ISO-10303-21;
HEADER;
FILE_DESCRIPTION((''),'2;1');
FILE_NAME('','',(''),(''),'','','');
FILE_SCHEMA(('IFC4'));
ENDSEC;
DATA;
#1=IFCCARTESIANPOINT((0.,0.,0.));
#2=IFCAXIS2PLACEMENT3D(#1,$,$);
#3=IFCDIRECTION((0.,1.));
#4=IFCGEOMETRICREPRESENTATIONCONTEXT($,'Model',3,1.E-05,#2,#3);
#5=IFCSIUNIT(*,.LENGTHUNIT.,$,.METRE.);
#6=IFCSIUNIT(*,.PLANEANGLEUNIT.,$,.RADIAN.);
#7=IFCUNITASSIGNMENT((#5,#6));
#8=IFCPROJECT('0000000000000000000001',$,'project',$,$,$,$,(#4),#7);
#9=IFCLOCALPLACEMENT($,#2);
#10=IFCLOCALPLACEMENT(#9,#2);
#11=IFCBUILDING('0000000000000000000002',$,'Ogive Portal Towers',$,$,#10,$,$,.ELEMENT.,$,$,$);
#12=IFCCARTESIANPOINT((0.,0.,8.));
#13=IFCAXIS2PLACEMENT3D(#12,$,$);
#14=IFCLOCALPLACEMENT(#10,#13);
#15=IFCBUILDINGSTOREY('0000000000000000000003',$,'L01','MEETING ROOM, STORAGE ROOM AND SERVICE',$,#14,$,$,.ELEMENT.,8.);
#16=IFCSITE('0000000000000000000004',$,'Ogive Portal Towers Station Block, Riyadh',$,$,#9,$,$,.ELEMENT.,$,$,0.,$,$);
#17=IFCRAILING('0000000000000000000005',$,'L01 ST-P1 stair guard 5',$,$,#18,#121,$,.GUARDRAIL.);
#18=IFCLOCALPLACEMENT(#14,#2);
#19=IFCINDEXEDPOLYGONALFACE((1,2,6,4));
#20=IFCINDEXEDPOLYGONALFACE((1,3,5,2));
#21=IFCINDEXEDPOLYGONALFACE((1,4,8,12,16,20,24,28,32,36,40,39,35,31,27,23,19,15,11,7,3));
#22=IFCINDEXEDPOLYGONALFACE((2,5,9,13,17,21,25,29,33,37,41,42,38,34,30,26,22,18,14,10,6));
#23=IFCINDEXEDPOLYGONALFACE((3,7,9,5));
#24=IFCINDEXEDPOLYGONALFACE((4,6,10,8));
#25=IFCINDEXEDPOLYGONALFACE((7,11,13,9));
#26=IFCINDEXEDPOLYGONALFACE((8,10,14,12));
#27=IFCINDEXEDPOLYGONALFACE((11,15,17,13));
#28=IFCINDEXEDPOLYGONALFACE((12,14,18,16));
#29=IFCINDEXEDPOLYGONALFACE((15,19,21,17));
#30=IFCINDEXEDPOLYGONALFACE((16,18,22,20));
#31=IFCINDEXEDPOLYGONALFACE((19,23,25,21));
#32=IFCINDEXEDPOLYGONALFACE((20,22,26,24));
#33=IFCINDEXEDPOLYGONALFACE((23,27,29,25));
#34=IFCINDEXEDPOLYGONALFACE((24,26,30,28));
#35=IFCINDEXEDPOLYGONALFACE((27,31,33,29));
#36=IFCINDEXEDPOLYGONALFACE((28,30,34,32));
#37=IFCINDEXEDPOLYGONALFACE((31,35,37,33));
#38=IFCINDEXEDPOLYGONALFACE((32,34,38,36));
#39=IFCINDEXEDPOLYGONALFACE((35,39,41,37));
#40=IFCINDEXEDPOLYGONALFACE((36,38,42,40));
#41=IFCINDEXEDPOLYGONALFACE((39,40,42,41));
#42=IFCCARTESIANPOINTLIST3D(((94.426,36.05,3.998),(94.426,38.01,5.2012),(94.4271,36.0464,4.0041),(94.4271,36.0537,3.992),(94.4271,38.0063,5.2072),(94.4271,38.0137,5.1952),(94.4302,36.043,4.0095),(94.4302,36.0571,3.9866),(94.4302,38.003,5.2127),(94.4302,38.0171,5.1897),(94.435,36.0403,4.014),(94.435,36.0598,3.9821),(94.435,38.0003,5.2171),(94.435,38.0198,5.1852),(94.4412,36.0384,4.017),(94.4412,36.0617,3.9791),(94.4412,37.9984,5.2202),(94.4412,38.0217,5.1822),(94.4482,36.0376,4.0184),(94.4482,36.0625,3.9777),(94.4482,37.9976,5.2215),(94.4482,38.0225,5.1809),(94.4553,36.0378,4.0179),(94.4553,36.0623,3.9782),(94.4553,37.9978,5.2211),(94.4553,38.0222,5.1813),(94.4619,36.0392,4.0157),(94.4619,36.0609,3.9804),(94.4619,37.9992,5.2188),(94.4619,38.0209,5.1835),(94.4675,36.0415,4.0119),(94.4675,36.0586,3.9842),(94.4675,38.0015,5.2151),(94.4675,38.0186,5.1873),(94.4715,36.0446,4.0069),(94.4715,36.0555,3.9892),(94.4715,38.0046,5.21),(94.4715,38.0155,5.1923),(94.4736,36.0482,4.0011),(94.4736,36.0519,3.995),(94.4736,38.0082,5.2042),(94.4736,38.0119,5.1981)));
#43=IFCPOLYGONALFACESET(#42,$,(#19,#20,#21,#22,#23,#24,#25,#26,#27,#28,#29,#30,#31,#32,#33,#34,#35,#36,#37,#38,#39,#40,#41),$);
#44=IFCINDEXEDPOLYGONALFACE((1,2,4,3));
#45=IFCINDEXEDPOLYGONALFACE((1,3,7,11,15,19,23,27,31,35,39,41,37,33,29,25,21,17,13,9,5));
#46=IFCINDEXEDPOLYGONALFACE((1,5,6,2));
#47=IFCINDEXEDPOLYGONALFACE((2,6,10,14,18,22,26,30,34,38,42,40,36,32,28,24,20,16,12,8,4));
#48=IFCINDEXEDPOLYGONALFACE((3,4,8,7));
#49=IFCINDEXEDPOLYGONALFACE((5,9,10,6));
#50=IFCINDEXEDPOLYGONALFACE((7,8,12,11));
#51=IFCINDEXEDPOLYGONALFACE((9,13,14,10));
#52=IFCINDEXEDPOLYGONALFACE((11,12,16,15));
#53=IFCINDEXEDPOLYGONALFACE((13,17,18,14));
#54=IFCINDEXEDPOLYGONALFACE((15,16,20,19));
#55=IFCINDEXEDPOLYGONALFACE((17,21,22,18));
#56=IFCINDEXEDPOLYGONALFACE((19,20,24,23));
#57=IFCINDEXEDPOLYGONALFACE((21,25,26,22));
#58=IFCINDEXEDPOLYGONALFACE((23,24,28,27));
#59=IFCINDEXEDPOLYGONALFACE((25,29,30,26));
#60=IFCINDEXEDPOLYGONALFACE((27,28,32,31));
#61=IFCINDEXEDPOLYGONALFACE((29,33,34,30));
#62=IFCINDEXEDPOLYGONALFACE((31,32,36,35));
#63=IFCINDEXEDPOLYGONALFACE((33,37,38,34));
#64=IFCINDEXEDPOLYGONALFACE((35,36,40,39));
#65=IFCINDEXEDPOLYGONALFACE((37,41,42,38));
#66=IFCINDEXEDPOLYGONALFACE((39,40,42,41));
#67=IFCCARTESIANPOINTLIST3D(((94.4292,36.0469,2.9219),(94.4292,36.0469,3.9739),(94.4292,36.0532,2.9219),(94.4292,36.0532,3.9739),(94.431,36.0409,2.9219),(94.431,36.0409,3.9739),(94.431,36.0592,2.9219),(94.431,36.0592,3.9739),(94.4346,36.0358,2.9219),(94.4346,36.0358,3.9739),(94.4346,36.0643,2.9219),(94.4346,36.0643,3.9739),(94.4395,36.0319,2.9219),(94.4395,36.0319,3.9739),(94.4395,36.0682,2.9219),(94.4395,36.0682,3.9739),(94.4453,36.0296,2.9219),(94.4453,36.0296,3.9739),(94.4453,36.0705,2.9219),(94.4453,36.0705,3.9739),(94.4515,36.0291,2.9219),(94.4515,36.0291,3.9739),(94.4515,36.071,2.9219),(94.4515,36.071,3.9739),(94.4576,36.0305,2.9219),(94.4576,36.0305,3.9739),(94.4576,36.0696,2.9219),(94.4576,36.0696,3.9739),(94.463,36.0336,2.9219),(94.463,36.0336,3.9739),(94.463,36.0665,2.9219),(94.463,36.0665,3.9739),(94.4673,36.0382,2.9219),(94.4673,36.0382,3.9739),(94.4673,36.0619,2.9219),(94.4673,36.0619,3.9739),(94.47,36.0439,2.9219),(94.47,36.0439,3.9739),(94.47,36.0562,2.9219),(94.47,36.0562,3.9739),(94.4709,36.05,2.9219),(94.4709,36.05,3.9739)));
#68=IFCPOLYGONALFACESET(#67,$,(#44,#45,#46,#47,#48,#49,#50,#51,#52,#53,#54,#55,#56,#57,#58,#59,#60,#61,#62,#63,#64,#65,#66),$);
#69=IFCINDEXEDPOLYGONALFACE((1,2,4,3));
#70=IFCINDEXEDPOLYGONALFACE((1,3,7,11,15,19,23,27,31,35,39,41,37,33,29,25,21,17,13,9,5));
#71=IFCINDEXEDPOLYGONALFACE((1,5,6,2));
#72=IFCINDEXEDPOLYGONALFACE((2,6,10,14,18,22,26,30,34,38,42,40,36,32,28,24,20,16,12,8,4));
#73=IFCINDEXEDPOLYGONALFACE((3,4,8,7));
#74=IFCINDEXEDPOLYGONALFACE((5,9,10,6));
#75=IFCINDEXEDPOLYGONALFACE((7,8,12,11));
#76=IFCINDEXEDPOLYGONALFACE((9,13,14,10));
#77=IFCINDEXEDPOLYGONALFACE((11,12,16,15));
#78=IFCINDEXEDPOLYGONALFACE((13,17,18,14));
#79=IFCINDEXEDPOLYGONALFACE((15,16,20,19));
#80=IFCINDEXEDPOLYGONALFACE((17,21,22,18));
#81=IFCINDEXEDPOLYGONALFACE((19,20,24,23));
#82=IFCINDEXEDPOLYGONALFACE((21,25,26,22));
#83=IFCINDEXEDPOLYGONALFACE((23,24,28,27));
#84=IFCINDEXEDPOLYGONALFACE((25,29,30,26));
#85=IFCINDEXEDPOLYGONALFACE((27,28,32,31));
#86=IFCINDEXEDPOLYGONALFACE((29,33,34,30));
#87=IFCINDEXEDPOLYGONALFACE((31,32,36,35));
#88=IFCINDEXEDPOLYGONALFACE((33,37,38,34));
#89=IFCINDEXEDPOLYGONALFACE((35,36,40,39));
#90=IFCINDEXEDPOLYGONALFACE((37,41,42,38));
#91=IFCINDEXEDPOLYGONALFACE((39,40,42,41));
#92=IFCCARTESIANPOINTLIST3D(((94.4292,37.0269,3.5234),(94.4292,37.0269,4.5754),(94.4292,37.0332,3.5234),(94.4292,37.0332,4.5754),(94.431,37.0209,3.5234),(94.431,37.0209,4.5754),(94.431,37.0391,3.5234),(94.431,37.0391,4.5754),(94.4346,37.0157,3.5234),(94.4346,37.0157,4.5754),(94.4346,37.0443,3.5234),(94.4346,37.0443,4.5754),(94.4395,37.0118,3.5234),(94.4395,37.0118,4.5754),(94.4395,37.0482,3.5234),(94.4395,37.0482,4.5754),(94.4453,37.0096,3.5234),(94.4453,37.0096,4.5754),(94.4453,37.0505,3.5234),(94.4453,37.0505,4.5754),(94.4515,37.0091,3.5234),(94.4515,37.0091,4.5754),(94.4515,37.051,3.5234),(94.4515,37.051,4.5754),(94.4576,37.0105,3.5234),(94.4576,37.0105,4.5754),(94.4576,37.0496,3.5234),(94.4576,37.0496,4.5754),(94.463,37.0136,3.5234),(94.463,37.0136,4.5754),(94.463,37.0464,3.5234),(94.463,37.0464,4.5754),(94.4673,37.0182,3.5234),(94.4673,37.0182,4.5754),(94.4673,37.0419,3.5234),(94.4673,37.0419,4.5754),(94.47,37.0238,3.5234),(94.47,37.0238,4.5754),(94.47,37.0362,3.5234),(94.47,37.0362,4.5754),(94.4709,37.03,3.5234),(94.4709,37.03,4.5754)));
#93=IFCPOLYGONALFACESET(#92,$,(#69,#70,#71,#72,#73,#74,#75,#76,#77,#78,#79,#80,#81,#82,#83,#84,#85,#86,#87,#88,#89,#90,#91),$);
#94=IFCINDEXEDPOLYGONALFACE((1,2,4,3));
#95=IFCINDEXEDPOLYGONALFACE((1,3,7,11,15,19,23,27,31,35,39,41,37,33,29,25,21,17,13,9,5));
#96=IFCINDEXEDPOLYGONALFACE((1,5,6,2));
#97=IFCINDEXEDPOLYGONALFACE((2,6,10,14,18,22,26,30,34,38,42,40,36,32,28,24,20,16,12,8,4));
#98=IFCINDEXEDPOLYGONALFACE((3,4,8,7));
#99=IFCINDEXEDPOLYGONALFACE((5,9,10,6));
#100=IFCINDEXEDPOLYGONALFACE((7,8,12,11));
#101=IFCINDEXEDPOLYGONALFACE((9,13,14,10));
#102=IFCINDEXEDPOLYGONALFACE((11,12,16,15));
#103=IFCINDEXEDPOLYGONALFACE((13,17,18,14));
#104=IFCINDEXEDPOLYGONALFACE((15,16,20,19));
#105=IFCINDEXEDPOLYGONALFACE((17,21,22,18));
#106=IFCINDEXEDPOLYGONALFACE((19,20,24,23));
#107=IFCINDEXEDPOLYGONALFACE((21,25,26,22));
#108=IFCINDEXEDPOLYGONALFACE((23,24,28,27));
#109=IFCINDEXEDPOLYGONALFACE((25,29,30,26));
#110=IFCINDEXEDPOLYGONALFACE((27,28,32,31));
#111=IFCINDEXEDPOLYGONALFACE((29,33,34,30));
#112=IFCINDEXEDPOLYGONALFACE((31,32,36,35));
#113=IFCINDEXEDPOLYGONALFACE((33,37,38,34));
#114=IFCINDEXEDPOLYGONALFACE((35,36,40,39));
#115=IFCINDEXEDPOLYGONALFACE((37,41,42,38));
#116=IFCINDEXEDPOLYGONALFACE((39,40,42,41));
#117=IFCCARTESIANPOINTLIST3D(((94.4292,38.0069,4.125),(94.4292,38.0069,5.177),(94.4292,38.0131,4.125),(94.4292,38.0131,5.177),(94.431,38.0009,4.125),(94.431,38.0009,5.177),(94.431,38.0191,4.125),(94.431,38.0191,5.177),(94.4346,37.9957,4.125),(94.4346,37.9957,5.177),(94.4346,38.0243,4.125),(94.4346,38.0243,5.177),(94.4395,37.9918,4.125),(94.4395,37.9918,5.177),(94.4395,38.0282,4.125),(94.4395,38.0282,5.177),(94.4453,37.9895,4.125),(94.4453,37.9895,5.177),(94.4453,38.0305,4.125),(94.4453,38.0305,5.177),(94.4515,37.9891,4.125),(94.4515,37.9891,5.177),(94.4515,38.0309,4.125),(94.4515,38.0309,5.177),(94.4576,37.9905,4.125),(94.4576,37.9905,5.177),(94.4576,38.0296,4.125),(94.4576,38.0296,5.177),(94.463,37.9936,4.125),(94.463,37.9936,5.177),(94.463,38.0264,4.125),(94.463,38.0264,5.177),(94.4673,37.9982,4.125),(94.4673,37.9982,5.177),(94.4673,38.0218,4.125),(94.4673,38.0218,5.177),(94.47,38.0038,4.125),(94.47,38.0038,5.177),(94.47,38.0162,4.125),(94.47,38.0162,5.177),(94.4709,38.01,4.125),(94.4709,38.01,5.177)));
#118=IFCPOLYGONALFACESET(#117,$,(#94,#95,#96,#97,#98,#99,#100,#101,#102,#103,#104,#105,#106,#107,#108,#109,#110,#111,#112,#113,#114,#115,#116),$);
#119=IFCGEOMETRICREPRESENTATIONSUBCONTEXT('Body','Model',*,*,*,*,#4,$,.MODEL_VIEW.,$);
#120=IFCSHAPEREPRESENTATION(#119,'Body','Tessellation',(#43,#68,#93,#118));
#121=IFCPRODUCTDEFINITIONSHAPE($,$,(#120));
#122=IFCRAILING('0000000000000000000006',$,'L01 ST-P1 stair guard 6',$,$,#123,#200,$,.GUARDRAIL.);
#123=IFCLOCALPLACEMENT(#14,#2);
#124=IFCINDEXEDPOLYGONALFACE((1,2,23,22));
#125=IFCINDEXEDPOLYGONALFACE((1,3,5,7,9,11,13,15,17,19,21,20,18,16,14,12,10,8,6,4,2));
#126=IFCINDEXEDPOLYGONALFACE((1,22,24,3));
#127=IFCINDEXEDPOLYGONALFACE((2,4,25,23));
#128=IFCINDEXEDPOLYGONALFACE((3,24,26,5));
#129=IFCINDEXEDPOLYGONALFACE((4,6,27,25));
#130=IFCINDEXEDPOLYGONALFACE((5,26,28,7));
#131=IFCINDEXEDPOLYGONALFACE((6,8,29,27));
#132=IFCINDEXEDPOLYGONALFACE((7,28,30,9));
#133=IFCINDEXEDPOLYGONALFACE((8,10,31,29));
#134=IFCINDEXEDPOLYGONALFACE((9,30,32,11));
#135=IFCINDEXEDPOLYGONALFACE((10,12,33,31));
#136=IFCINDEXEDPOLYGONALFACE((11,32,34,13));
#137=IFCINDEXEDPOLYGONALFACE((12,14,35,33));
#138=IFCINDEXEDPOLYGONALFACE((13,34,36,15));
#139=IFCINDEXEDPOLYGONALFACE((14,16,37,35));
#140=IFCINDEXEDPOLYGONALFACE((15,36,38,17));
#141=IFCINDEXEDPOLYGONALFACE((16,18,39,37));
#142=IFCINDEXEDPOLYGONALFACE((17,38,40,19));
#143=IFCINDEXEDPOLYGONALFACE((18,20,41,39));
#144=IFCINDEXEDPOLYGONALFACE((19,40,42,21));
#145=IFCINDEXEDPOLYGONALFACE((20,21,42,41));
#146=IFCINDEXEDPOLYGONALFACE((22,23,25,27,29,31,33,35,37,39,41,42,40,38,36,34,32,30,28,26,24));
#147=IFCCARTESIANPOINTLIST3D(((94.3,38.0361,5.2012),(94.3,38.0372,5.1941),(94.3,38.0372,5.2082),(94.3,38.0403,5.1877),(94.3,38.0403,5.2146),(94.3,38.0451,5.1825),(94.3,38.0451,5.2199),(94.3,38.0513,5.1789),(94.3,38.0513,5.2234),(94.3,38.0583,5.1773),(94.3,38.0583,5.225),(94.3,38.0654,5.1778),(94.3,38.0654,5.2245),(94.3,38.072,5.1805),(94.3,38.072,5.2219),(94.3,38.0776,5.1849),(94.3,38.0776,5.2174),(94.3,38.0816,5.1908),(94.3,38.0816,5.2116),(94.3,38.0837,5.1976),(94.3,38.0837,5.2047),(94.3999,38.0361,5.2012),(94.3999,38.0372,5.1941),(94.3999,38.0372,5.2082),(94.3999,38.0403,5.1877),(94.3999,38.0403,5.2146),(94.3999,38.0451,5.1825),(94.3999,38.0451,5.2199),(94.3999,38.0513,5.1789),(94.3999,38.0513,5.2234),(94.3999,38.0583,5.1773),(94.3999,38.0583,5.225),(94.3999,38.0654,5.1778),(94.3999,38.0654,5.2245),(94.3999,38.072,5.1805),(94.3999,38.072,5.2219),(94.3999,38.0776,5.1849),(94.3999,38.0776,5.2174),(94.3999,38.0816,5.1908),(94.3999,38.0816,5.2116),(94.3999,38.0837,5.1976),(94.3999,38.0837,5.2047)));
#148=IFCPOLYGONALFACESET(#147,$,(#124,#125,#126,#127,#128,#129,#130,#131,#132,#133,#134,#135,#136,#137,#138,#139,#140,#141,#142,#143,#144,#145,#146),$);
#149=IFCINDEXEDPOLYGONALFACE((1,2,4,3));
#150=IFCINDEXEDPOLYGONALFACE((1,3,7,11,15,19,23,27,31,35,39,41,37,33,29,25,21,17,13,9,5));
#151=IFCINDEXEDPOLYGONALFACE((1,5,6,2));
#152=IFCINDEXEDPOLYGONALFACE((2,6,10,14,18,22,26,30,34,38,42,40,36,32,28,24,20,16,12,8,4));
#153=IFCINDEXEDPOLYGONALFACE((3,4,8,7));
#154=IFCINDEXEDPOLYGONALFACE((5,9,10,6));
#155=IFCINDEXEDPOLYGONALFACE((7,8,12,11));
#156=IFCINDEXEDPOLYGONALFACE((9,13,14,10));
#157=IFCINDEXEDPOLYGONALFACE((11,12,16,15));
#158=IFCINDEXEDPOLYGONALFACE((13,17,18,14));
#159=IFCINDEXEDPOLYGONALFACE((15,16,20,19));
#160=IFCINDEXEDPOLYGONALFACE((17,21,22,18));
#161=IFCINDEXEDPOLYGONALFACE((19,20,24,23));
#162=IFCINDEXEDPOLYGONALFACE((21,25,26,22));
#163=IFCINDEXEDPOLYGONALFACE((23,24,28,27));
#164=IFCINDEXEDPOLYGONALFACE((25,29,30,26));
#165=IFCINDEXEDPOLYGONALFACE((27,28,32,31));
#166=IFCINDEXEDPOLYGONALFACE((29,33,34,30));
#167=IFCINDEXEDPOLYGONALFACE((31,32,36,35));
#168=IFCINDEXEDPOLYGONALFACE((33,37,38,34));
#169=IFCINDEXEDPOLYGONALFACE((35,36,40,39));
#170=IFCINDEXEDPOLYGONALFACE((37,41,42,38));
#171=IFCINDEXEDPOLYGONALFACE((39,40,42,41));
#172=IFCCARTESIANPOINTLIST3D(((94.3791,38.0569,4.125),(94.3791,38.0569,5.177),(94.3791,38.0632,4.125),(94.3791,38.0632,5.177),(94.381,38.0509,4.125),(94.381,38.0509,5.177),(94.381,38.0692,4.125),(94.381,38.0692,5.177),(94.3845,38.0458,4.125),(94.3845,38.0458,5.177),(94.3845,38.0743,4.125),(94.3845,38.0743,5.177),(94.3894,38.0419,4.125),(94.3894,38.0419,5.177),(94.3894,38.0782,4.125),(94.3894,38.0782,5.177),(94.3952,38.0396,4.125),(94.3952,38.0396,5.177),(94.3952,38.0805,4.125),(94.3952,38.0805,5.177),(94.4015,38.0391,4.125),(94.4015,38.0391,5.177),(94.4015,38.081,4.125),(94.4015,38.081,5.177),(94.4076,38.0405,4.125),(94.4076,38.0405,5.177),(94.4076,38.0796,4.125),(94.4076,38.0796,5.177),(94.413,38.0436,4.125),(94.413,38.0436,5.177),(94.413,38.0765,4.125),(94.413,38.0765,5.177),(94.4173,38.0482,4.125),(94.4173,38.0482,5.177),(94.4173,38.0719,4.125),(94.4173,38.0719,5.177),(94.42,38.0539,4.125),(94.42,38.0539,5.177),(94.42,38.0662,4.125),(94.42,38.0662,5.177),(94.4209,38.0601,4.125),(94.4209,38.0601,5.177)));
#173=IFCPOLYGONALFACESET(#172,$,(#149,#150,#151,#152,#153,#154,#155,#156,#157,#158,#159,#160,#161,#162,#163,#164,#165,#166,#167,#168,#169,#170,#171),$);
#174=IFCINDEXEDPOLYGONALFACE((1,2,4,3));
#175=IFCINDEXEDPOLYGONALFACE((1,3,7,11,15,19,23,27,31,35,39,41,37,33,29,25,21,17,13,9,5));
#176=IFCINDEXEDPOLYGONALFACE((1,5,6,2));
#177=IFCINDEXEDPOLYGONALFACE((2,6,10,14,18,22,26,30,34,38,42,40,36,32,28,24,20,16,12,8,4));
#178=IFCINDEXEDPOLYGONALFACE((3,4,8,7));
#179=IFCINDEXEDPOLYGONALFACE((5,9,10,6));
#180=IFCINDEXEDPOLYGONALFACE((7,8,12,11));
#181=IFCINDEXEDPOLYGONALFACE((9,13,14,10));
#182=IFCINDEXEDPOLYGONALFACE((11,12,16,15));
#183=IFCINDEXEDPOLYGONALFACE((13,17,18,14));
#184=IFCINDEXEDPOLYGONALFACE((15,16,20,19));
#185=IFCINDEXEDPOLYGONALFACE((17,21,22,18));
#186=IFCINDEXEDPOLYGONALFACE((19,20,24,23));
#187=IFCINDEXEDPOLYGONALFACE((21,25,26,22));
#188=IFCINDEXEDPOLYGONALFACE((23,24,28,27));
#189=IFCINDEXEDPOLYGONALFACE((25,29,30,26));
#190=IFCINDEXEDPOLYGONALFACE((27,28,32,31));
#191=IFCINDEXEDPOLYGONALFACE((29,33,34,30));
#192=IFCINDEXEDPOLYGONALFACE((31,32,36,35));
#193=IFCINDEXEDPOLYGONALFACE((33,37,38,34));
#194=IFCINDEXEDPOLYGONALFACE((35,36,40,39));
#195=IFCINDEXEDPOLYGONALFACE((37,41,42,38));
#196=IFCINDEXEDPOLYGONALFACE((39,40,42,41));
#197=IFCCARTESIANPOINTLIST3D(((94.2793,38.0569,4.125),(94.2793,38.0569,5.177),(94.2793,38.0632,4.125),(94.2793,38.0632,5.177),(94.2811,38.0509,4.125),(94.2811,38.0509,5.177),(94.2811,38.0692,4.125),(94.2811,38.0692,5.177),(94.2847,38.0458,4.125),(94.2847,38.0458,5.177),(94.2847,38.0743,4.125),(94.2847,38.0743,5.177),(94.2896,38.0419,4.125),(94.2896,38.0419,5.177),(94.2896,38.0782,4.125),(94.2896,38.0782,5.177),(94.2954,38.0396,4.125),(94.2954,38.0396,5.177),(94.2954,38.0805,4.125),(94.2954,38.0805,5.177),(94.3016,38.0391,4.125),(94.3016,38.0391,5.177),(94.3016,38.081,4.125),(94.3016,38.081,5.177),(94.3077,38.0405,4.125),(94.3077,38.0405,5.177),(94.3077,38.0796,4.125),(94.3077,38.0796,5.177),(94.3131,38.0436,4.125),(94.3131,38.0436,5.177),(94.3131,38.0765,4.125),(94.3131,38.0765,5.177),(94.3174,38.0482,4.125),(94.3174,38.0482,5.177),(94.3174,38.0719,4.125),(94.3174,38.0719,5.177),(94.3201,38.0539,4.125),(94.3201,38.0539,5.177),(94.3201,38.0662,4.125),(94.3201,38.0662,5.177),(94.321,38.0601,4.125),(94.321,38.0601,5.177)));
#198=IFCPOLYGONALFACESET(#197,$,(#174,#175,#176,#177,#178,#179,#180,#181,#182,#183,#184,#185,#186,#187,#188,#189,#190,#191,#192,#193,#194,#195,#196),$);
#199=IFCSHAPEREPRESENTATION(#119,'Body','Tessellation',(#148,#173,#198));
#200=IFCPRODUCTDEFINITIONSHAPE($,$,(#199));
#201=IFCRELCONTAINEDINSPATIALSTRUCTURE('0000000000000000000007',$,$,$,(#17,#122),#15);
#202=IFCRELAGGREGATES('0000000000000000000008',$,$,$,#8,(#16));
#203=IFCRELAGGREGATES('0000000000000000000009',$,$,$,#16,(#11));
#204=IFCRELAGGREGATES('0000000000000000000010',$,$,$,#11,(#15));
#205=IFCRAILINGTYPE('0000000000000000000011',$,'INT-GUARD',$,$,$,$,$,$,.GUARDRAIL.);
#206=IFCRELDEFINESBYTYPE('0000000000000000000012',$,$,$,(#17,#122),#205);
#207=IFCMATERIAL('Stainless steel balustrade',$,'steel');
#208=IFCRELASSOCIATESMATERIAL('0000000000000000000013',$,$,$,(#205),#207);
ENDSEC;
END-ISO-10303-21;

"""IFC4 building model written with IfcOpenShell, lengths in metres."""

from ifc_helpers import new_model, si_unit, direction, frame, origin, origin_2d, place, context, subcontext, project, spatial, circle, extrude, material, type_object, element, save


model = new_model("IFC4")

# Units and contexts
model_context = context("Model", 3, precision=1e-05, world=origin(), true_north=direction((0.0, 1.0)))
body_context = subcontext(model_context, "Body", "Model", "MODEL_VIEW")
ifc_project = project(units=[si_unit("LENGTHUNIT", "METRE"), si_unit("PLANEANGLEUNIT", "RADIAN")], contexts=[model_context])

# Site, building, storey
site_placement = place(None, origin())
site = spatial("IfcSite", under=ifc_project, at=site_placement, Name="Ogive Portal Towers Station Block, Riyadh", CompositionType="ELEMENT", RefElevation=0.0)
building_placement = place(site_placement, origin())
building = spatial("IfcBuilding", under=site, at=building_placement, Name="Ogive Portal Towers", CompositionType="ELEMENT")
storey_placement = place(building_placement, frame((0.0, 0.0, 8.0)))
storey = spatial("IfcBuildingStorey", under=building, at=storey_placement, Name="L01", Description="MEETING ROOM, STORAGE ROOM AND SERVICE", CompositionType="ELEMENT", Elevation=8.0)

# Railings
ifc_material_1 = material(Name="Stainless steel balustrade", Category="steel")
railing_type_1 = type_object("IfcRailingType", Name="INT-GUARD", PredefinedType="GUARDRAIL", material=ifc_material_1)
railing_1_placement = place(storey_placement, frame((94.45, 36.05, 2.9219)))
element("IfcRailing", 1, at=railing_1_placement, inside=storey, type_object=railing_type_1, Name="L01 ST-P1 stair guard 5", PredefinedType="GUARDRAIL", context=body_context, shape_type="SweptSolid", body=[
    extrude(circle(Radius=0.0239, at=origin_2d()), frame((0.0, 0.0, 1.0762), z_axis=(0.0, 0.852241, 0.523149), x_axis=(-1.0, 0.0, 0.0)), (0.0, 0.0, 1.0), 2.2998),
    extrude(circle(Radius=0.021, at=origin_2d()), origin(), (0.0, 0.0, 1.0), 1.052),
    extrude(circle(Radius=0.021, at=origin_2d()), frame((0.0, 0.98, 0.6016)), (0.0, 0.0, 1.0), 1.052),
    extrude(circle(Radius=0.021, at=origin_2d()), frame((0.0, 1.96, 1.2031)), (0.0, 0.0, 1.0), 1.052),
])
railing_2_placement = place(storey_placement, frame((94.3999, 38.0601, 4.125)))
element("IfcRailing", 2, at=railing_2_placement, inside=storey, type_object=railing_type_1, Name="L01 ST-P1 stair guard 6", PredefinedType="GUARDRAIL", context=body_context, shape_type="SweptSolid", body=[
    extrude(circle(Radius=0.0239, at=origin_2d()), frame((0.0, 0.0, 1.0762), z_axis=(-1.0, 0.0, 0.0), x_axis=(0.0, -1.0, 0.0)), (0.0, 0.0, 1.0), 0.0999),
    extrude(circle(Radius=0.021, at=origin_2d()), origin(), (0.0, 0.0, 1.0), 1.052),
    extrude(circle(Radius=0.021, at=origin_2d()), frame((-0.0999, 0.0, 0.0)), (0.0, 0.0, 1.0), 1.052),
])

save(model, "model.ifc")
